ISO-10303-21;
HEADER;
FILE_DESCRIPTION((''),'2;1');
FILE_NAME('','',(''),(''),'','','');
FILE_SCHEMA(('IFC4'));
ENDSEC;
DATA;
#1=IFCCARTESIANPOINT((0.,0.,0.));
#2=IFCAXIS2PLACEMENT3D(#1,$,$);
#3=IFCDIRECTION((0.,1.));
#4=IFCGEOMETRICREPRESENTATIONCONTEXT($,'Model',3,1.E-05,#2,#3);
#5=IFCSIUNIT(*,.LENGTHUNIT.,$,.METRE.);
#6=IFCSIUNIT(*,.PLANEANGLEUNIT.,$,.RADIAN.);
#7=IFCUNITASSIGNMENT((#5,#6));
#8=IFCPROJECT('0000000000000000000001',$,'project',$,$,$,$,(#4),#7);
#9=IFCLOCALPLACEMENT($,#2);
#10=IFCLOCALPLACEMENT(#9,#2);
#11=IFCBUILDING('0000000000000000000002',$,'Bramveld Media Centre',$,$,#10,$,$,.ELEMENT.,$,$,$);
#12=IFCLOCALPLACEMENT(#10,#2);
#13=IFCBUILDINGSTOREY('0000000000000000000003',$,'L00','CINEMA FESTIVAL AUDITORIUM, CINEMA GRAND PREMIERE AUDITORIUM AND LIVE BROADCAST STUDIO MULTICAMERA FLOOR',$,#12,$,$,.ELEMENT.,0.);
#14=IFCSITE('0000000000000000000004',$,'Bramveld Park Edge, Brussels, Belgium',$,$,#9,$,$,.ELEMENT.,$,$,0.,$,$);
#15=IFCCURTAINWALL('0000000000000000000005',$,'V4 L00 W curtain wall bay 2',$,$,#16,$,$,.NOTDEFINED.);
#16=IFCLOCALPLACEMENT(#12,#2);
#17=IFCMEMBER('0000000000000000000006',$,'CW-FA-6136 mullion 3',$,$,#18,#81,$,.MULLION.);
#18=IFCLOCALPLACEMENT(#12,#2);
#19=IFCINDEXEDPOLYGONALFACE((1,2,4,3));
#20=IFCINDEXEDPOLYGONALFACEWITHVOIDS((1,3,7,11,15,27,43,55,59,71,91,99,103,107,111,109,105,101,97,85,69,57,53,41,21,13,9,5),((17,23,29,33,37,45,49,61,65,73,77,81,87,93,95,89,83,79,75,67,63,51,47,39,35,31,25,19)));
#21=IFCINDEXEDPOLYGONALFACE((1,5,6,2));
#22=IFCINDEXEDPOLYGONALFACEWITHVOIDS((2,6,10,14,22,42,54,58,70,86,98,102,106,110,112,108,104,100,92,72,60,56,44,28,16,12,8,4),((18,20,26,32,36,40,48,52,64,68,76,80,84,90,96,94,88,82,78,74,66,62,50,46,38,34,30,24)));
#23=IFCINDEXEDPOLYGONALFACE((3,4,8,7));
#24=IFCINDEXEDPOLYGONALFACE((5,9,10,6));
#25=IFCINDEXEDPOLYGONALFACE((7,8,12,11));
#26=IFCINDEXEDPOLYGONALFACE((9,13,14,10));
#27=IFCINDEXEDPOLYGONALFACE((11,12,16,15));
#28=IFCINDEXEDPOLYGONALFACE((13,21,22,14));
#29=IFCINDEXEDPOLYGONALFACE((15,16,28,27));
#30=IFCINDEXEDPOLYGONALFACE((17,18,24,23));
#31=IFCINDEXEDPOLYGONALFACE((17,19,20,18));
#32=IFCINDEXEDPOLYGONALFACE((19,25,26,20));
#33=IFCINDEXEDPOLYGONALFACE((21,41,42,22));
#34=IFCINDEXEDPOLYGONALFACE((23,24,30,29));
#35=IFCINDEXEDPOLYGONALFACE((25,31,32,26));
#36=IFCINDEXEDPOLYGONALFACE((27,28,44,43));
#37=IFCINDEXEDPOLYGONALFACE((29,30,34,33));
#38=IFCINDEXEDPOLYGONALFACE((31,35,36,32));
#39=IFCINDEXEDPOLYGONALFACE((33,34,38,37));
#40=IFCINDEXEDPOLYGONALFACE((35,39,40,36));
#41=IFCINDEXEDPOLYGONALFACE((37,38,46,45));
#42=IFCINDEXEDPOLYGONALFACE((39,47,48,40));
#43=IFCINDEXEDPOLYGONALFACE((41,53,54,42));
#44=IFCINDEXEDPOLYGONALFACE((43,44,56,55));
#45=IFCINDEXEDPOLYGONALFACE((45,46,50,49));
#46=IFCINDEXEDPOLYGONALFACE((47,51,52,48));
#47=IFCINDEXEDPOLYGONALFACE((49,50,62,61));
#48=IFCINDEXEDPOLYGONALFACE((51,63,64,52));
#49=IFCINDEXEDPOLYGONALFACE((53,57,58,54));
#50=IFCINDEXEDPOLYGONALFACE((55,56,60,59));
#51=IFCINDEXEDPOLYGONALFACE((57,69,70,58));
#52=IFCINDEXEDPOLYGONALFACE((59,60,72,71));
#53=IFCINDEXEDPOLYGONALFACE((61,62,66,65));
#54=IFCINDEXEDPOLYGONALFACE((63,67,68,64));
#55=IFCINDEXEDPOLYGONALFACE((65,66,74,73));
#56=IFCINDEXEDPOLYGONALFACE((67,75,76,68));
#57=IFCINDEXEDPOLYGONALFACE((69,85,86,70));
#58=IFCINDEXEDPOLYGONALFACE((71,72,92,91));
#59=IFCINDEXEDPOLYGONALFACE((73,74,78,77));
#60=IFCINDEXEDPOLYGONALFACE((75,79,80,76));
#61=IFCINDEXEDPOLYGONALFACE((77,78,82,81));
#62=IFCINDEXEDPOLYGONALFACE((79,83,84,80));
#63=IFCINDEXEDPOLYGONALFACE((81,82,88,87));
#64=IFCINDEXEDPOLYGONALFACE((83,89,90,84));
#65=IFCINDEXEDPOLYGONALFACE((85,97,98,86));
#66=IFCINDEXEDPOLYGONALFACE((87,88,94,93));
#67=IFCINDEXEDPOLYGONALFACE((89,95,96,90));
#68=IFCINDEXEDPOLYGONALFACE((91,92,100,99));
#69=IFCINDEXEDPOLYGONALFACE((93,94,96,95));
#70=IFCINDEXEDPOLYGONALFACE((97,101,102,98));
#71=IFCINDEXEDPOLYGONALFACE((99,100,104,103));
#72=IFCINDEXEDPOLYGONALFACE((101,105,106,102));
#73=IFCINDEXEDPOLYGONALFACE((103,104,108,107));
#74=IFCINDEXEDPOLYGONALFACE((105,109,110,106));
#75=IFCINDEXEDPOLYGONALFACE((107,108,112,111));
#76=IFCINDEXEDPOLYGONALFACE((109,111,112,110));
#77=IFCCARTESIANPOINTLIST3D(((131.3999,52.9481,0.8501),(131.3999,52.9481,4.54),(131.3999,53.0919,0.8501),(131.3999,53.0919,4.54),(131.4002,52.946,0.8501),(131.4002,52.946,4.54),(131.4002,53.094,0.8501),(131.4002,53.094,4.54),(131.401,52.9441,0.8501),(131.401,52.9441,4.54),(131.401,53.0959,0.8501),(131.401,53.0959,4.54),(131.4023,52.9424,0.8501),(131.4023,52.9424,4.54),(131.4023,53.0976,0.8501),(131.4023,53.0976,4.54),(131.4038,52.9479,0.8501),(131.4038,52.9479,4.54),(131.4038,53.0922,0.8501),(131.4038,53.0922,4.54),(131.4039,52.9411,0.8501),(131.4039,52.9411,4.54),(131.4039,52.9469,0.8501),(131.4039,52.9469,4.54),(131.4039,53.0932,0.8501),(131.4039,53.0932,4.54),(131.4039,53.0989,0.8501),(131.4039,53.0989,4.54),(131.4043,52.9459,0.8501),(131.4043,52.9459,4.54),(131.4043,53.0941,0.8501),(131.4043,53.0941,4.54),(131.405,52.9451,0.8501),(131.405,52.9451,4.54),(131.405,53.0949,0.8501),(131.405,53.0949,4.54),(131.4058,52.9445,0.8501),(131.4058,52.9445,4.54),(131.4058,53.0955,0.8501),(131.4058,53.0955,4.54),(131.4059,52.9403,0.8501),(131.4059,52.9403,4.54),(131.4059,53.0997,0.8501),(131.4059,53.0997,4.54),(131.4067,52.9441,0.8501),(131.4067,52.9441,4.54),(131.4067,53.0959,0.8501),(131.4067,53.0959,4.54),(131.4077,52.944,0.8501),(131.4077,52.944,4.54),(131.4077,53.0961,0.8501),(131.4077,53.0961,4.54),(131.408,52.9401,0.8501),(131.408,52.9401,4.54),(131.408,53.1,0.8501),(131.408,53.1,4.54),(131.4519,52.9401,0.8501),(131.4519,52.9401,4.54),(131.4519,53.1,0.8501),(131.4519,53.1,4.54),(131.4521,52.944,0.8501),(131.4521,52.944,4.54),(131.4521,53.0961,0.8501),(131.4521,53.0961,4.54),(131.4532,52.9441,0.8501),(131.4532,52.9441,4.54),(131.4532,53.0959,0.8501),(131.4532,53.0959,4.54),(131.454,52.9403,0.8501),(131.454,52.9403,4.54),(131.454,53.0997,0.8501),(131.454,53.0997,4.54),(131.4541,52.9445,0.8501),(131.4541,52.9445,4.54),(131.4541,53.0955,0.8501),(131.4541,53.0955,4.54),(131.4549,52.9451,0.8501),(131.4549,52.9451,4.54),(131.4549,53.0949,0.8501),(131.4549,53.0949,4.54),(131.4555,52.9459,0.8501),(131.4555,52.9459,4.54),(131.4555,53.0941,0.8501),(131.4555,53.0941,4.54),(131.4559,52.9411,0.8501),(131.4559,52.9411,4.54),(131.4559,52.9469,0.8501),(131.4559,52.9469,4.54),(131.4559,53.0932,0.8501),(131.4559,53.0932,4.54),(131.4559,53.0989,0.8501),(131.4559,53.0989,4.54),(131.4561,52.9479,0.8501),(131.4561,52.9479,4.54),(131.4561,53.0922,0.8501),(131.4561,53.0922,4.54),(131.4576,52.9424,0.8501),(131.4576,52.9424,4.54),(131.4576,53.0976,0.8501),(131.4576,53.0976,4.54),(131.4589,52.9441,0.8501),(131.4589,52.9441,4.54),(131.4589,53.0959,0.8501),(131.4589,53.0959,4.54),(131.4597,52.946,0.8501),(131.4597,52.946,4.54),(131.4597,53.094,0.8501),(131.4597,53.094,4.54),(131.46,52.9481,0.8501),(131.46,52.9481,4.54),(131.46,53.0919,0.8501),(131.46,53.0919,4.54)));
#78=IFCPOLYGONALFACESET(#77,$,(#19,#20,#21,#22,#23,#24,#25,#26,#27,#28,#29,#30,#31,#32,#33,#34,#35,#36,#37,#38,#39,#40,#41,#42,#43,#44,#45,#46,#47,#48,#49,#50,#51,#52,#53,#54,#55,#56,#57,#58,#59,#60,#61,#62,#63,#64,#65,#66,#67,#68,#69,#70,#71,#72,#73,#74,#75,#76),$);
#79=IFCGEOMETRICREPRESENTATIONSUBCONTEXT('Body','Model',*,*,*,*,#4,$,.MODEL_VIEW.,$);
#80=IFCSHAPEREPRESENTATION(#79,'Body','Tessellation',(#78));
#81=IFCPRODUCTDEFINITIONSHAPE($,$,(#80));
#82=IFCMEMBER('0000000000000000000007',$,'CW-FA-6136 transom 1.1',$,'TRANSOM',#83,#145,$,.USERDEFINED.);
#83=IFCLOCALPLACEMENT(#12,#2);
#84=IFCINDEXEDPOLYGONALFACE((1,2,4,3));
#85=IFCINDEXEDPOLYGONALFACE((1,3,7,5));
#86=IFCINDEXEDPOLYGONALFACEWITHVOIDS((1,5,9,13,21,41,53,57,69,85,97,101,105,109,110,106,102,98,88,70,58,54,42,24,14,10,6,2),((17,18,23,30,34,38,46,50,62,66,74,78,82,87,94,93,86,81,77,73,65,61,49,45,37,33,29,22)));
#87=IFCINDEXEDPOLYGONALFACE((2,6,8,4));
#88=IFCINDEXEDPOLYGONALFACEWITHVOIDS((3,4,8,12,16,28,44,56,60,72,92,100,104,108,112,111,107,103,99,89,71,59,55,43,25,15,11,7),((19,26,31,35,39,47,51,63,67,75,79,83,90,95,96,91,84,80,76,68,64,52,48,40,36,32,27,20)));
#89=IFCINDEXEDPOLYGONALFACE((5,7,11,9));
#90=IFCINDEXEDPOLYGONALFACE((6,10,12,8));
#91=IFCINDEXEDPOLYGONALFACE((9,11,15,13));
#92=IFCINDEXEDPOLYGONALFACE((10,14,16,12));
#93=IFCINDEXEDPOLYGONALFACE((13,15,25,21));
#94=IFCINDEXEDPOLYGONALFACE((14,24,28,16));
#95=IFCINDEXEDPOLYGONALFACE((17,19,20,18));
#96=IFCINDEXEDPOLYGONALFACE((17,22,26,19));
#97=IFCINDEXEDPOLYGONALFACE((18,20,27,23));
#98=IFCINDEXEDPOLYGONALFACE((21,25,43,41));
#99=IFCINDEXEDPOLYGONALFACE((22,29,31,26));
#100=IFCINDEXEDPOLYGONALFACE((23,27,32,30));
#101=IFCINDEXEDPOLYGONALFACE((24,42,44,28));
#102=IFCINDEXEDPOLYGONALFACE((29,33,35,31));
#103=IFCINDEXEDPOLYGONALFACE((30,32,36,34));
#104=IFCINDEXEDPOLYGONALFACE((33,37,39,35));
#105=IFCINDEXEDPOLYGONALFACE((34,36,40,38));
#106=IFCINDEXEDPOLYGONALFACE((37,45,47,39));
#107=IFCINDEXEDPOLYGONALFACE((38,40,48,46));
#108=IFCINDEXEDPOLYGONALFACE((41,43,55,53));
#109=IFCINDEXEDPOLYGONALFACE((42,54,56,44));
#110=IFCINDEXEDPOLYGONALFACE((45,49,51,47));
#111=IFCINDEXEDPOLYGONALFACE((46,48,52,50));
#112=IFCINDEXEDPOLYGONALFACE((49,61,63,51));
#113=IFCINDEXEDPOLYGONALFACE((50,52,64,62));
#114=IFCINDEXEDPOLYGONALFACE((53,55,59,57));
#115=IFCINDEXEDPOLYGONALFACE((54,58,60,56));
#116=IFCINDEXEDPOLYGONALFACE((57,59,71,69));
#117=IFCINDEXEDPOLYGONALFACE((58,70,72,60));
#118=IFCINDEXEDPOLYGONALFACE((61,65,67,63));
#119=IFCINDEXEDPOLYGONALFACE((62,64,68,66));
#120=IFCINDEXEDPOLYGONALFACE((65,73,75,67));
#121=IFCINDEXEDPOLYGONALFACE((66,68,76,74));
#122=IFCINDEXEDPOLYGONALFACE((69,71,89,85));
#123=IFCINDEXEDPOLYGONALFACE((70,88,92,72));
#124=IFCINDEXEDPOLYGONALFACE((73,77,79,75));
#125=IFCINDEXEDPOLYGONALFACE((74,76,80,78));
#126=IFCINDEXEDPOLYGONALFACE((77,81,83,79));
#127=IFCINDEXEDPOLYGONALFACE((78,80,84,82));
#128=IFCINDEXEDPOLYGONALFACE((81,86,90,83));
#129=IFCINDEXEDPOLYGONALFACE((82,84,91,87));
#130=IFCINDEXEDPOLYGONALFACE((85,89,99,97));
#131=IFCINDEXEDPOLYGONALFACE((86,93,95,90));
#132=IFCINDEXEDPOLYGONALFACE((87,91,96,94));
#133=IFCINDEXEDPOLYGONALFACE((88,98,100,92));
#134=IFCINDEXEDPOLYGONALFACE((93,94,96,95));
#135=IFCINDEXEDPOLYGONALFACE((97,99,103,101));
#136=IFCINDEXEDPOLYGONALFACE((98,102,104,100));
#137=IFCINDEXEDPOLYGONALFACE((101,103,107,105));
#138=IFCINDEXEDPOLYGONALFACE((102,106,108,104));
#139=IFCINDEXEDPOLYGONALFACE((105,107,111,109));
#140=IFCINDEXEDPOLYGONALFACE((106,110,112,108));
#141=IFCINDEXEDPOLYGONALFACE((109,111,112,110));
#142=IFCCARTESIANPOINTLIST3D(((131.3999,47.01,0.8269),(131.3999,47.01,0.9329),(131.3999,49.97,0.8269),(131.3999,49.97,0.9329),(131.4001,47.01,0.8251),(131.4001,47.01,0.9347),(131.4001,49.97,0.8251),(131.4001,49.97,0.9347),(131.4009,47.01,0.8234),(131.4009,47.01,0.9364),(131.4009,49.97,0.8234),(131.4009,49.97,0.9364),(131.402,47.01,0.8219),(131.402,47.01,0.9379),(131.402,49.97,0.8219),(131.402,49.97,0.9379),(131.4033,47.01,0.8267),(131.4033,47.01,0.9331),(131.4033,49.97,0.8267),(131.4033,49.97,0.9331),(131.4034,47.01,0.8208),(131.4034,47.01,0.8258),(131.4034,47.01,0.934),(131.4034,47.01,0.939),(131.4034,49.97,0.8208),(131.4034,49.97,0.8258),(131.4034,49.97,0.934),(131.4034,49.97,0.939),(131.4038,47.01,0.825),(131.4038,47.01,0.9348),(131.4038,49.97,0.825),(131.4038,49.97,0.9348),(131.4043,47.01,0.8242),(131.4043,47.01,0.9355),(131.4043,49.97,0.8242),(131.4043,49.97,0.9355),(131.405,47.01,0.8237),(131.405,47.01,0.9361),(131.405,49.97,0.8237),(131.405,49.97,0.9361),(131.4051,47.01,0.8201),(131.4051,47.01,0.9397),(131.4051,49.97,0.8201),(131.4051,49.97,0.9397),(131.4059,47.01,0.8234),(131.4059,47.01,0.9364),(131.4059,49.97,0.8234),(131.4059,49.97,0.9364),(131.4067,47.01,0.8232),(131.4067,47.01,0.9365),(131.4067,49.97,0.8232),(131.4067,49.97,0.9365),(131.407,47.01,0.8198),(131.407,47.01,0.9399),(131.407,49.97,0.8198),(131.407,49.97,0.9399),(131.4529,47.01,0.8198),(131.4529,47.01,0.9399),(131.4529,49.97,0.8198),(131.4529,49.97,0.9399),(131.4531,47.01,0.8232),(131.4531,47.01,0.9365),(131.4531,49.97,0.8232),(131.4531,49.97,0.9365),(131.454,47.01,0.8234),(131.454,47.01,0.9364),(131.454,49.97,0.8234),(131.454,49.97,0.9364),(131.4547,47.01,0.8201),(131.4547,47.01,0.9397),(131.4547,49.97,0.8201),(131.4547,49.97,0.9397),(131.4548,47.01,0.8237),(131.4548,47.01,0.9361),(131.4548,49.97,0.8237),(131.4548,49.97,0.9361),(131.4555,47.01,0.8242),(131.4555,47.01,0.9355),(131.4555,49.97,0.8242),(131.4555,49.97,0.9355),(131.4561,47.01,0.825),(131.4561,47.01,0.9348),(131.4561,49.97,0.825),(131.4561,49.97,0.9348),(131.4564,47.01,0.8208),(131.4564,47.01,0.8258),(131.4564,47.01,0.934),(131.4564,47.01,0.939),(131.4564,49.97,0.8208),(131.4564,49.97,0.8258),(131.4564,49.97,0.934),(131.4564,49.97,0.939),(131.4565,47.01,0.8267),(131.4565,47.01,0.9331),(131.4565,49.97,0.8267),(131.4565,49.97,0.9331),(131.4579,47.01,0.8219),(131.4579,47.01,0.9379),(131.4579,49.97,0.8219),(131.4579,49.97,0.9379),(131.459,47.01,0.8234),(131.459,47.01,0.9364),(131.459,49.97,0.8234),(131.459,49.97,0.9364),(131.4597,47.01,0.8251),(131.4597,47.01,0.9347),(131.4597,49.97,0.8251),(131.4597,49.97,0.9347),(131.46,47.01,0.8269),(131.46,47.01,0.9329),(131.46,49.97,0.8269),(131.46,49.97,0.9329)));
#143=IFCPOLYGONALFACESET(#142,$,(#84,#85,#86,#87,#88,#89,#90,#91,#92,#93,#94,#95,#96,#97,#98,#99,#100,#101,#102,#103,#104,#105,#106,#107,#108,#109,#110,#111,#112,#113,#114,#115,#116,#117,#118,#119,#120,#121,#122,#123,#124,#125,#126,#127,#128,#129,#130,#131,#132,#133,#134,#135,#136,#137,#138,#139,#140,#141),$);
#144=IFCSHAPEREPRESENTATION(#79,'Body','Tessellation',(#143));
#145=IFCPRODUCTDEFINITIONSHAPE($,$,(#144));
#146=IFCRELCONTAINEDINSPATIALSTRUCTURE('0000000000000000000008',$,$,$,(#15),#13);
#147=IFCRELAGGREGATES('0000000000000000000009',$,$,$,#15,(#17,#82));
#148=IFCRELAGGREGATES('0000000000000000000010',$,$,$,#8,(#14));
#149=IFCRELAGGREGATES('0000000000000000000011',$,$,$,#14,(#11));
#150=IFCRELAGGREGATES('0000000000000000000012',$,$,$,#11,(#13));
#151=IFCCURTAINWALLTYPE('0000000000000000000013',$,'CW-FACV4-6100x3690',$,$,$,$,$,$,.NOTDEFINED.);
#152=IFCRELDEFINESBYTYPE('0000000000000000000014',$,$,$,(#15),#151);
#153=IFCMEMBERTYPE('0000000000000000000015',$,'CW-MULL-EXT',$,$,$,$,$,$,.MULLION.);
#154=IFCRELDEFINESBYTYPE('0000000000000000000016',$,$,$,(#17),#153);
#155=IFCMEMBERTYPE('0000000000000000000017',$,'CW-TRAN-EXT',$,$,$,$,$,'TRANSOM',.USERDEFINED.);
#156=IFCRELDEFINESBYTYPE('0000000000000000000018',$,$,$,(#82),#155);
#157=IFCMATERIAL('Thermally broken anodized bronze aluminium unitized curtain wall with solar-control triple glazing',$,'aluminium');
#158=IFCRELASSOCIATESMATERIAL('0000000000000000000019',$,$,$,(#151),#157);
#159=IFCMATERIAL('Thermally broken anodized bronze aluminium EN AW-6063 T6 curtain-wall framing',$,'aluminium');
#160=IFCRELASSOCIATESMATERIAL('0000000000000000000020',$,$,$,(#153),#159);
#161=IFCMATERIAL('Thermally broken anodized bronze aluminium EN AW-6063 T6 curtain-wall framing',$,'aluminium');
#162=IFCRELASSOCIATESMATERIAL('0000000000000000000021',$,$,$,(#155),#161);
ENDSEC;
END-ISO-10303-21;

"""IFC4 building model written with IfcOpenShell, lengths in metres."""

from ifc_helpers import new_model, si_unit, direction, frame, origin, origin_2d, place, context, subcontext, project, spatial, hollow_rectangle, extrude, material, material_profile, profile_set, type_object, element, aggregate, save


model = new_model("IFC4")

# Units and contexts
model_context = context("Model", 3, precision=1e-05, world=origin(), true_north=direction((0.0, 1.0)))
body_context = subcontext(model_context, "Body", "Model", "MODEL_VIEW")
ifc_project = project(units=[si_unit("LENGTHUNIT", "METRE"), si_unit("PLANEANGLEUNIT", "RADIAN")], contexts=[model_context])

# Site, building, storey
site_placement = place(None, origin())
site = spatial("IfcSite", under=ifc_project, at=site_placement, Name="Bramveld Park Edge, Brussels, Belgium", CompositionType="ELEMENT", RefElevation=0.0)
building_placement = place(site_placement, origin())
building = spatial("IfcBuilding", under=site, at=building_placement, Name="Bramveld Media Centre", CompositionType="ELEMENT")
storey_placement = place(building_placement, origin())
storey = spatial("IfcBuildingStorey", under=building, at=storey_placement, Name="L00", Description="CINEMA FESTIVAL AUDITORIUM, CINEMA GRAND PREMIERE AUDITORIUM AND LIVE BROADCAST STUDIO MULTICAMERA FLOOR", CompositionType="ELEMENT", Elevation=0.0)

# Curtain wall, members
ifc_material_1 = material(Name="Thermally broken anodized bronze aluminium unitized curtain wall with solar-control triple glazing", Category="aluminium")
curtain_wall_type = type_object("IfcCurtainWallType", Name="CW-FACV4-6100x3690", PredefinedType="NOTDEFINED", material=ifc_material_1)
curtain_wall_placement = place(storey_placement, origin())
curtain_wall = element("IfcCurtainWall", 1, at=curtain_wall_placement, inside=storey, type_object=curtain_wall_type, Name="V4 L00 W curtain wall bay 2", PredefinedType="NOTDEFINED")
ifc_material_2 = material(Name="Thermally broken anodized bronze aluminium EN AW-6063 T6 curtain-wall framing", Category="aluminium")
ifc_material_profile_1 = material_profile(ifc_material_2, hollow_rectangle(XDim=0.0601, YDim=0.1599, WallThickness=0.0039, InnerFilletRadius=0.0039, OuterFilletRadius=0.0081, at=origin_2d()), Name="AL-MULL 60x160")
ifc_profile_set_1 = profile_set([ifc_material_profile_1], Name="Thermally broken anodized bronze aluminium EN AW-6063 T6 curtain-wall framing")
member_type_1 = type_object("IfcMemberType", Name="CW-MULL-EXT", PredefinedType="MULLION", material=ifc_profile_set_1)
member_1_placement = place(storey_placement, frame((131.4299, 53.02, 0.8501), z_axis=(0.0, 0.0, 1.0), x_axis=(-1.0, 0.0, 0.0)))
member_1 = element("IfcMember", 2, at=member_1_placement, type_object=member_type_1, Name="CW-FA-6136 mullion 3", PredefinedType="MULLION", context=body_context, shape_type="SweptSolid", body=[
    extrude(hollow_rectangle(XDim=0.0601, YDim=0.1599, WallThickness=0.0039, InnerFilletRadius=0.0039, OuterFilletRadius=0.0081, at=origin_2d()), origin(), (0.0, 0.0, 1.0), 3.6899),
])
ifc_material_3 = material(Name="Thermally broken anodized bronze aluminium EN AW-6063 T6 curtain-wall framing", Category="aluminium")
ifc_material_profile_2 = material_profile(ifc_material_3, hollow_rectangle(XDim=0.0601, YDim=0.1201, WallThickness=0.0034, InnerFilletRadius=0.0034, OuterFilletRadius=0.0071, at=origin_2d()), Name="AL-TRAN 60x120")
ifc_profile_set_2 = profile_set([ifc_material_profile_2], Name="Thermally broken anodized bronze aluminium EN AW-6063 T6 curtain-wall framing")
member_type_2 = type_object("IfcMemberType", Name="CW-TRAN-EXT", ElementType="TRANSOM", PredefinedType="USERDEFINED", material=ifc_profile_set_2)
member_2_placement = place(storey_placement, frame((131.4299, 47.01, 0.8799), z_axis=(0.0, 1.0, 0.0), x_axis=(-1.0, 0.0, 0.0)))
member_2 = element("IfcMember", 3, at=member_2_placement, type_object=member_type_2, Name="CW-FA-6136 transom 1.1", ObjectType="TRANSOM", PredefinedType="USERDEFINED", context=body_context, shape_type="SweptSolid", body=[
    extrude(hollow_rectangle(XDim=0.0601, YDim=0.1201, WallThickness=0.0034, InnerFilletRadius=0.0034, OuterFilletRadius=0.0071, at=origin_2d()), origin(), (0.0, 0.0, 1.0), 2.96),
])

aggregate(curtain_wall, [member_1, member_2])

save(model, "model.ifc")
